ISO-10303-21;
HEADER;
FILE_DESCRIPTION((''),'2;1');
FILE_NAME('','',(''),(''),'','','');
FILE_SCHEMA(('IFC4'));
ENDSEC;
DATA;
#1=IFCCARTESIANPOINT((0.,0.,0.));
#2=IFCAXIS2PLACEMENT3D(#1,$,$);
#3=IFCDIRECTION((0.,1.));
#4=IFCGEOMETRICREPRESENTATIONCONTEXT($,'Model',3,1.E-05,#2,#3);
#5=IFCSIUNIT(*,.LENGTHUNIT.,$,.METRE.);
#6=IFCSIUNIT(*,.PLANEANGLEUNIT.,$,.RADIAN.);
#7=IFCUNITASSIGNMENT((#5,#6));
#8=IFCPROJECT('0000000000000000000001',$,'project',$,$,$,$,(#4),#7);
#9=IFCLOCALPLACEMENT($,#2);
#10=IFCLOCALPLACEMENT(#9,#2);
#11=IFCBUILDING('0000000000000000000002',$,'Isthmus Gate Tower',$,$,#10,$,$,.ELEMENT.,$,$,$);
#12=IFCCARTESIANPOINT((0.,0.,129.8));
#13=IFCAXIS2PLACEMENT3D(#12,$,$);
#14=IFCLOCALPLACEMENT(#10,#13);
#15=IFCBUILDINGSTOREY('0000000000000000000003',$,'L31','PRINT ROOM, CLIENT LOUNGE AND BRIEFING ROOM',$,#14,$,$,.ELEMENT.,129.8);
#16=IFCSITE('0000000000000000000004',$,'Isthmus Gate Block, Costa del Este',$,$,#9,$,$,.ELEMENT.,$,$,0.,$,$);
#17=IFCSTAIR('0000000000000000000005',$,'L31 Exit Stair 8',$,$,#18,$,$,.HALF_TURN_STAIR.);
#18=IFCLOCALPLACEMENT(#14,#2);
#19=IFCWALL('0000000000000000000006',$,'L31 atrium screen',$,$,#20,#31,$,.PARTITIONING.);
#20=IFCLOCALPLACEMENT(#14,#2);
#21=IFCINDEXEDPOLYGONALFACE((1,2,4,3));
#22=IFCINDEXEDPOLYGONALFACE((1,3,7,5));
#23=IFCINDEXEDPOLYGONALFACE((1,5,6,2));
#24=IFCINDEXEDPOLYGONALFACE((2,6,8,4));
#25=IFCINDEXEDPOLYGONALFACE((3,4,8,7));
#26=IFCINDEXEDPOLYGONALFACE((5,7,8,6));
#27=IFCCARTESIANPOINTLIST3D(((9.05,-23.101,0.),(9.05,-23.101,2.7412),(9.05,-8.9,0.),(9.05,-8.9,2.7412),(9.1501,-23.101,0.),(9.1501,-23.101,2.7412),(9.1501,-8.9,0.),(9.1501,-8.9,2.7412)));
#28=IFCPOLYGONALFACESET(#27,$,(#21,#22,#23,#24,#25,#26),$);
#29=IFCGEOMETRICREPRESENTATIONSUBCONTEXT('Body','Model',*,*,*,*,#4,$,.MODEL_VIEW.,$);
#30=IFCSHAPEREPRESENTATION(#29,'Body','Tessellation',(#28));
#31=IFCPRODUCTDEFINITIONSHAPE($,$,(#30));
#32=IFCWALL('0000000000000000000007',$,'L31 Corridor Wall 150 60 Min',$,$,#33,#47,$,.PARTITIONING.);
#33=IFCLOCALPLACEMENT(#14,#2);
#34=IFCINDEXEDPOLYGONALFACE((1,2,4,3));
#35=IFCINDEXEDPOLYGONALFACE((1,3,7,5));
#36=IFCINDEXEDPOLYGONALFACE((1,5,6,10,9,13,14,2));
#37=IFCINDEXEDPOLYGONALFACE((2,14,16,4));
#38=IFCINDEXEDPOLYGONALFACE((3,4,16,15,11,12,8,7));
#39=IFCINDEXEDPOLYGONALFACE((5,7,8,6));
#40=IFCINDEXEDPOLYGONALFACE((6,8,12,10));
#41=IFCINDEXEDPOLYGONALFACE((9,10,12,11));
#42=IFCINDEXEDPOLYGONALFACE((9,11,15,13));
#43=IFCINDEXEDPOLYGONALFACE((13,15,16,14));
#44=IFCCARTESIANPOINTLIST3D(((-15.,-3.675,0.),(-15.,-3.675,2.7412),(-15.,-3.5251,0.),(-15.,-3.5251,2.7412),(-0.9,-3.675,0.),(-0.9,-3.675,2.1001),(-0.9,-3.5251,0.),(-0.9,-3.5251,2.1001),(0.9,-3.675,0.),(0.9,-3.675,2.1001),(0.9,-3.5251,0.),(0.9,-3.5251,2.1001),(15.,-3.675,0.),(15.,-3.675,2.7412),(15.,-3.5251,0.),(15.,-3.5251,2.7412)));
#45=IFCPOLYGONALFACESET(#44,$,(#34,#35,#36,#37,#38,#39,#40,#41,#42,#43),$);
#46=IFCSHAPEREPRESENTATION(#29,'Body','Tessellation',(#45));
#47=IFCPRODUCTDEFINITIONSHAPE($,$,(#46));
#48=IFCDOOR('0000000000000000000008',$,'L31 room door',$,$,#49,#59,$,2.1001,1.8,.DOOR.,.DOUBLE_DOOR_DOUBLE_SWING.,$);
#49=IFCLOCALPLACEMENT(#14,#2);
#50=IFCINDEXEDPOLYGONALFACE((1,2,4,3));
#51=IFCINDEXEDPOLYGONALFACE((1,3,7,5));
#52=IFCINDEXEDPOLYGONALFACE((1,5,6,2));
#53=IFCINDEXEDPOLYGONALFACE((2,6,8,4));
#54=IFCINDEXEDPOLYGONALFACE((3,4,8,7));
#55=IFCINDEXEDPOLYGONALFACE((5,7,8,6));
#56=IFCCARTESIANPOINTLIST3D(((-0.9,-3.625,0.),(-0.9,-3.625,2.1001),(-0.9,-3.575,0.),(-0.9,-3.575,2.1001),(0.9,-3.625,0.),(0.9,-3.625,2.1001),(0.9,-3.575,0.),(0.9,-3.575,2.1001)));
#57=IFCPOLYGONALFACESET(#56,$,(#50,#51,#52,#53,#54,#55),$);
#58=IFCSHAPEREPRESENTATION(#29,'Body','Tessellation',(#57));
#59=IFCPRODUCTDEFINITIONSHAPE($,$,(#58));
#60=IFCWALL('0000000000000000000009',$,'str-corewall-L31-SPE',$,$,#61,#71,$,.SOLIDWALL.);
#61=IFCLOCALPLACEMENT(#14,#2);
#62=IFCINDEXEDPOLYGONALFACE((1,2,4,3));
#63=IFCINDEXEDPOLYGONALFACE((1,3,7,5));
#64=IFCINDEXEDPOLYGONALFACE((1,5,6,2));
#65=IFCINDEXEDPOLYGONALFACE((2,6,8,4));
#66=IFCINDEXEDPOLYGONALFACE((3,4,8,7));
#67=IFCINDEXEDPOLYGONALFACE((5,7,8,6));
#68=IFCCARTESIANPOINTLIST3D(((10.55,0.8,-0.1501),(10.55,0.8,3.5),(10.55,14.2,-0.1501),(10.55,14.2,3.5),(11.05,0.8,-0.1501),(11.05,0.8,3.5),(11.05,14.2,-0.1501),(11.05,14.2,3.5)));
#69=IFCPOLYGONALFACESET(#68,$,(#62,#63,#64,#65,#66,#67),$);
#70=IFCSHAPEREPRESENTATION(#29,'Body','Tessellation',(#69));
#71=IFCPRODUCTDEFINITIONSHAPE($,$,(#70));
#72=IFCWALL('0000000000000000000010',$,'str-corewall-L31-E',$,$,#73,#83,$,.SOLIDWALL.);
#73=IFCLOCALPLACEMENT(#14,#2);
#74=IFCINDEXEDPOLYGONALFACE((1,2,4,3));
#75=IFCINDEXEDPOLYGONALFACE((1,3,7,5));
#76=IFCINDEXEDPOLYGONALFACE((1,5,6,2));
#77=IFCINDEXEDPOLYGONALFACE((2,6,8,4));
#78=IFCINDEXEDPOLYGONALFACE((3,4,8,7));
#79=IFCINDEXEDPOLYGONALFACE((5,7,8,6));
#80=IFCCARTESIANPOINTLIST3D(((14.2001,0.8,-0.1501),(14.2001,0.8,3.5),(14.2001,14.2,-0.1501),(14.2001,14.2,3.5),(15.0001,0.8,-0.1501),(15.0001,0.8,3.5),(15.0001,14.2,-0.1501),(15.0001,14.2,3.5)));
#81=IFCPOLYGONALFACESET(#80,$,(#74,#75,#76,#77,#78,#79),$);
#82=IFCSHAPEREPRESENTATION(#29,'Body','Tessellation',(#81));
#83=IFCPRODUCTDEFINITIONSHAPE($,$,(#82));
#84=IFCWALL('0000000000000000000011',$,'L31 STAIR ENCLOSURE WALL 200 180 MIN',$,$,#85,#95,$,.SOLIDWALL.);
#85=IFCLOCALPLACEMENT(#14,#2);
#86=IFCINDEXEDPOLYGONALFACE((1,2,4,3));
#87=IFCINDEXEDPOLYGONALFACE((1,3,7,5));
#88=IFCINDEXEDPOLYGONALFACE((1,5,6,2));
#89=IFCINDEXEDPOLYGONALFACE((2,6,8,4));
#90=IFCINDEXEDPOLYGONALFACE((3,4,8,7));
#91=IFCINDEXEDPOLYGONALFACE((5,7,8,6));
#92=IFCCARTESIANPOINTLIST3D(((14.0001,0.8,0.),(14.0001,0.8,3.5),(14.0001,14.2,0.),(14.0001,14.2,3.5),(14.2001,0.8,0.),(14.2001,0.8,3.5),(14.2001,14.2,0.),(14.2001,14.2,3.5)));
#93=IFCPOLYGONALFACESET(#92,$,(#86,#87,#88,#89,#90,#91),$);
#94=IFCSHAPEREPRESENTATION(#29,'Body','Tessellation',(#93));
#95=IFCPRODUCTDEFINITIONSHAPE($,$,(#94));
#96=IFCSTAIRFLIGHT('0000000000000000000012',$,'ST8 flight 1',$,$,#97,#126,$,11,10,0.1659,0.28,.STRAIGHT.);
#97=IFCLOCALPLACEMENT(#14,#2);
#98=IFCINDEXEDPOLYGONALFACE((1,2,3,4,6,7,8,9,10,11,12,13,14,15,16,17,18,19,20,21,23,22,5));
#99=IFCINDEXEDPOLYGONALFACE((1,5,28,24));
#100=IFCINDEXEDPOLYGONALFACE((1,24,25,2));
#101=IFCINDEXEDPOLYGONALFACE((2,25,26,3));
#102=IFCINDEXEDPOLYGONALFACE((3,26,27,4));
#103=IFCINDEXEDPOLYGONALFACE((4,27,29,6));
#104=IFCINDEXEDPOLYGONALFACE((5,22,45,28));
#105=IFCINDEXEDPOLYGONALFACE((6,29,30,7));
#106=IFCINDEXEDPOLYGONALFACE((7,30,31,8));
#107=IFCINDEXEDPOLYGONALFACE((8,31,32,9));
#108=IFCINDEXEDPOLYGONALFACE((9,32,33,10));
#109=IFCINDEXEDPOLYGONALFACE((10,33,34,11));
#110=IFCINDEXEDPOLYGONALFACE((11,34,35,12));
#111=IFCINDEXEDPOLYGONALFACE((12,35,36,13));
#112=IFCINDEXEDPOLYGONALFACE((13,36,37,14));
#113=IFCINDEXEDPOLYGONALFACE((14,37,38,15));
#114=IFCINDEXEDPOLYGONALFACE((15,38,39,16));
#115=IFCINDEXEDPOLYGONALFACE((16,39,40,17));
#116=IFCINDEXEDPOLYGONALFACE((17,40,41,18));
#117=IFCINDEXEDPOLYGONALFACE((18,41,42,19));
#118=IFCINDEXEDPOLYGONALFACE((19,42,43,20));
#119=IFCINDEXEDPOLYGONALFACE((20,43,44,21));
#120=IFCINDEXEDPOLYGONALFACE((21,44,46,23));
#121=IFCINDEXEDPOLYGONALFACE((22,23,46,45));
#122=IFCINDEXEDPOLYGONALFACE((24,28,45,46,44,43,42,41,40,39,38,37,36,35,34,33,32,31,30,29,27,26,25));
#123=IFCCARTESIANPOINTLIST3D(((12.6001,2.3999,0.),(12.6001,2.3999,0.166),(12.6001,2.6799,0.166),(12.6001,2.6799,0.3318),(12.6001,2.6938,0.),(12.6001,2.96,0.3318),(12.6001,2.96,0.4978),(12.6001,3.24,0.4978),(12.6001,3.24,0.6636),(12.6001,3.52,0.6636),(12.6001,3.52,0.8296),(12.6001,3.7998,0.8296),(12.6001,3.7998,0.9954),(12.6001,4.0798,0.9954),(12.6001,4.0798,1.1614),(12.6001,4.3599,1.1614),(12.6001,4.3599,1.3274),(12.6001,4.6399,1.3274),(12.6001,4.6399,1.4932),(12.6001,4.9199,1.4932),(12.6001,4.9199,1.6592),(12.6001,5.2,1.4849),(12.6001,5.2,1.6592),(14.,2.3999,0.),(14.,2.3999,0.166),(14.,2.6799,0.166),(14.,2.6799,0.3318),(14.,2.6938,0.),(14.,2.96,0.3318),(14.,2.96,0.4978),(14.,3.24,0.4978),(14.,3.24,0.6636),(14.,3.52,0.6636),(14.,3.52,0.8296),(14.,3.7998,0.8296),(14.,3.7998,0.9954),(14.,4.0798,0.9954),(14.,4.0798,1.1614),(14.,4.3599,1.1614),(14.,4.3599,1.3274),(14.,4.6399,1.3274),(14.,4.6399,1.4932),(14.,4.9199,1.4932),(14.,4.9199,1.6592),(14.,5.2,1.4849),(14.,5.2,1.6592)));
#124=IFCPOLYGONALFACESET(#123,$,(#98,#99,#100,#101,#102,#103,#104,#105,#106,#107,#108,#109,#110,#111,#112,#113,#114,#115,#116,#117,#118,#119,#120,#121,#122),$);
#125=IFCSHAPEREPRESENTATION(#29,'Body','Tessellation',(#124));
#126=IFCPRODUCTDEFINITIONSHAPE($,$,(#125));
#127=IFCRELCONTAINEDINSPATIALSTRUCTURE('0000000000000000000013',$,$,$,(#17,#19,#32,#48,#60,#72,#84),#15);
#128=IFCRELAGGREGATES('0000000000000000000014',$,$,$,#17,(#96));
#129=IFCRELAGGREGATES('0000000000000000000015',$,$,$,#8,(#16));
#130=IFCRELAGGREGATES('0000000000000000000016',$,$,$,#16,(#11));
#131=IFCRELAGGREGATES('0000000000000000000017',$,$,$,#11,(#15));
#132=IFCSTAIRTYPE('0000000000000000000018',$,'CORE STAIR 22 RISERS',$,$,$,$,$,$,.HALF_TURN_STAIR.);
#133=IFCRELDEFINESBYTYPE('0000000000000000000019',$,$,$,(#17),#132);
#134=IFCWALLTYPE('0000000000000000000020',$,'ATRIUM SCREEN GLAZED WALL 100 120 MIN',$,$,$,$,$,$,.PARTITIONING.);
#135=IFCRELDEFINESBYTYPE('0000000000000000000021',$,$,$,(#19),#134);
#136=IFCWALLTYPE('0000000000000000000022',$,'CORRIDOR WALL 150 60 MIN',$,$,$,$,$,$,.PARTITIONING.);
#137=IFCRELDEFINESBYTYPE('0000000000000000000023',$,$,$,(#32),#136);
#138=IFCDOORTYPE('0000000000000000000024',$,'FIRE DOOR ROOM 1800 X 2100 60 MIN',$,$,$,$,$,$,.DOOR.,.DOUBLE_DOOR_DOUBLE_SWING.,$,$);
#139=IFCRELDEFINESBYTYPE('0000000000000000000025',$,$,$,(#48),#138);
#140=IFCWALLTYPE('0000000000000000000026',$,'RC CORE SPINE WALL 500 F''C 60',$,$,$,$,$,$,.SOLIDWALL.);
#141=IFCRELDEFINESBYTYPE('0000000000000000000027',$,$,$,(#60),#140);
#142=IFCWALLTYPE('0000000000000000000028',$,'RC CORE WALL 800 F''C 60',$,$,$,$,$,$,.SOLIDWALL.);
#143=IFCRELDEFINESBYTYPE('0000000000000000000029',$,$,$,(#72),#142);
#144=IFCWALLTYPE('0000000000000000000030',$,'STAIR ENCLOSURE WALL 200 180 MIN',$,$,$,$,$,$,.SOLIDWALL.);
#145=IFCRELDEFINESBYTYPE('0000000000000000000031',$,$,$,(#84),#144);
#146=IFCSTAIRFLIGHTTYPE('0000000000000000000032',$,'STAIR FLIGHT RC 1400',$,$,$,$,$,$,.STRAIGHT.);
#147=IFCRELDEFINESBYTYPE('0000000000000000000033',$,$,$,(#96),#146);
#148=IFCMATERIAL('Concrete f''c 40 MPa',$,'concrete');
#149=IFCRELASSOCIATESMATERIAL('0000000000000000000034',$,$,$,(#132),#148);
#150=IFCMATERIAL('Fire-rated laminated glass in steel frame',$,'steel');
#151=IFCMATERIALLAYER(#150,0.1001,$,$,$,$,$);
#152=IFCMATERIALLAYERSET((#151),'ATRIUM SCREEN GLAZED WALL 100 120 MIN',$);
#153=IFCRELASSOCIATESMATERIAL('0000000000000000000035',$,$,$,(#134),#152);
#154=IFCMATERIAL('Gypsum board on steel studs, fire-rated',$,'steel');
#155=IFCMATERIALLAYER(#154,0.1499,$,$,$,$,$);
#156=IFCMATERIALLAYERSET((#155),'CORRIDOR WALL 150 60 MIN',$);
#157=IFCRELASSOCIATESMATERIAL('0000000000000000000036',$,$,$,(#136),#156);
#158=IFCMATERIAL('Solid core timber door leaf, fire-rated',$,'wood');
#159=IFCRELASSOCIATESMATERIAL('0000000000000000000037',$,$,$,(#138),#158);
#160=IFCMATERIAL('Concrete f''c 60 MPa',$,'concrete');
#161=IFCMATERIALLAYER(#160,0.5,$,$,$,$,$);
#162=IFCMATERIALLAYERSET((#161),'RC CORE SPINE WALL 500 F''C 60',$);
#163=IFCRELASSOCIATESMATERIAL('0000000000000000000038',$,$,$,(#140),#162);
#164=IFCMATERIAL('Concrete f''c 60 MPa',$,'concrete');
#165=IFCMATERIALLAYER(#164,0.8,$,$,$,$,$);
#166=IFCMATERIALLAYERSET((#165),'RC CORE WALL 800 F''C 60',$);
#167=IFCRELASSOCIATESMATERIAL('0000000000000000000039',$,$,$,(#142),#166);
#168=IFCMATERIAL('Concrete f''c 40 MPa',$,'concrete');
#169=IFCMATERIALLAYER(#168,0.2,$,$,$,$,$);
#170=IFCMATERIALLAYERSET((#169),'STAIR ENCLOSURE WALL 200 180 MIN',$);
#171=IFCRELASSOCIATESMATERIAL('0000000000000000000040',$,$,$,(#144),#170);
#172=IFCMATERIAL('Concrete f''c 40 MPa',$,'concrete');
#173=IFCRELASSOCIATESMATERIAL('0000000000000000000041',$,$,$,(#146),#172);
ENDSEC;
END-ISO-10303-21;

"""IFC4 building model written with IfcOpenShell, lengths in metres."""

from ifc_helpers import new_model, si_unit, direction, frame, frame_2d, origin, place, context, subcontext, project, spatial, polyline, rectangle, outline, extrude, material, layer, layer_set, type_object, element, fill, aggregate, save


model = new_model("IFC4")

# Units and contexts
model_context = context("Model", 3, precision=1e-05, world=origin(), true_north=direction((0.0, 1.0)))
body_context = subcontext(model_context, "Body", "Model", "MODEL_VIEW")
ifc_project = project(units=[si_unit("LENGTHUNIT", "METRE"), si_unit("PLANEANGLEUNIT", "RADIAN")], contexts=[model_context])

# Site, building, storey
site_placement = place(None, origin())
site = spatial("IfcSite", under=ifc_project, at=site_placement, Name="Isthmus Gate Block, Costa del Este", CompositionType="ELEMENT", RefElevation=0.0)
building_placement = place(site_placement, origin())
building = spatial("IfcBuilding", under=site, at=building_placement, Name="Isthmus Gate Tower", CompositionType="ELEMENT")
storey_placement = place(building_placement, frame((0.0, 0.0, 129.8)))
storey = spatial("IfcBuildingStorey", under=building, at=storey_placement, Name="L31", Description="PRINT ROOM, CLIENT LOUNGE AND BRIEFING ROOM", CompositionType="ELEMENT", Elevation=129.8)

# Stair
ifc_material_1 = material(Name="Concrete f'c 40 MPa", Category="concrete")
stair_type = type_object("IfcStairType", Name="CORE STAIR 22 RISERS", PredefinedType="HALF_TURN_STAIR", material=ifc_material_1)
stair_1_placement = place(storey_placement, origin())
stair_1 = element("IfcStair", 1, at=stair_1_placement, inside=storey, type_object=stair_type, Name="L31 Exit Stair 8", PredefinedType="HALF_TURN_STAIR")

# Wall
ifc_material_2 = material(Name="Fire-rated laminated glass in steel frame", Category="steel")
ifc_layer_1 = layer(ifc_material_2, 0.1001)
ifc_layer_set_1 = layer_set([ifc_layer_1], Name="ATRIUM SCREEN GLAZED WALL 100 120 MIN")
wall_type_1 = type_object("IfcWallType", Name="ATRIUM SCREEN GLAZED WALL 100 120 MIN", PredefinedType="PARTITIONING", material=ifc_layer_set_1)
wall_1_placement = place(storey_placement, frame((9.1001, -8.8999, 0.0), z_axis=(0.0, 0.0, 1.0), x_axis=(0.0, -1.0, 0.0)))
element("IfcWall", 2, at=wall_1_placement, inside=storey, type_object=wall_type_1, Name="L31 atrium screen", PredefinedType="PARTITIONING", context=body_context, shape_type="SweptSolid", body=[
    extrude(rectangle(XDim=14.2009, YDim=0.1001, at=frame_2d((7.1006, 0.0))), origin(), (0.0, 0.0, 1.0), 2.7412),
])

# Wall, opening, door
ifc_material_3 = material(Name="Gypsum board on steel studs, fire-rated", Category="steel")
ifc_layer_2 = layer(ifc_material_3, 0.1499)
ifc_layer_set_2 = layer_set([ifc_layer_2], Name="CORRIDOR WALL 150 60 MIN")
wall_type_2 = type_object("IfcWallType", Name="CORRIDOR WALL 150 60 MIN", PredefinedType="PARTITIONING", material=ifc_layer_set_2)
wall_2_placement = place(storey_placement, frame((15.0, -3.6001, 0.0), z_axis=(0.0, 0.0, 1.0), x_axis=(-1.0, 0.0, 0.0)))
wall_2 = element("IfcWall", 3, at=wall_2_placement, inside=storey, type_object=wall_type_2, Name="L31 Corridor Wall 150 60 Min", PredefinedType="PARTITIONING", context=body_context, shape_type="SweptSolid", body=[
    extrude(rectangle(XDim=30.0, YDim=0.1499, at=frame_2d((15.0, 0.0))), origin(), (0.0, 0.0, 1.0), 2.7412),
])
opening_placement = place(wall_2_placement, frame((14.1001, 0.0, 0.0)))
opening = element("IfcOpeningElement", 4, at=opening_placement, cuts=wall_2, PredefinedType="OPENING", context=body_context, shape_type="SweptSolid", body=[
    extrude(rectangle(XDim=1.8, YDim=2.1001, at=frame_2d((0.8999, 1.05))), frame((0.0, 0.085, 0.0), z_axis=(0.0, -1.0, 0.0), x_axis=(1.0, 0.0, 0.0)), (0.0, 0.0, 1.0), 0.1699),
])
ifc_material_4 = material(Name="Solid core timber door leaf, fire-rated", Category="wood")
door_type = type_object("IfcDoorType", Name="FIRE DOOR ROOM 1800 X 2100 60 MIN", OperationType="DOUBLE_DOOR_DOUBLE_SWING", PredefinedType="DOOR", material=ifc_material_4)
door_placement = place(opening_placement, origin())
door = element("IfcDoor", 5, at=door_placement, inside=storey, type_object=door_type, Name="L31 room door", OperationType="DOUBLE_DOOR_DOUBLE_SWING", OverallHeight=2.1001, OverallWidth=1.8, PredefinedType="DOOR", context=body_context, shape_type="SweptSolid", body=[
    extrude(rectangle(XDim=1.8, YDim=2.1001, at=frame_2d((0.8999, 1.05))), frame((0.0, 0.0249, 0.0), z_axis=(0.0, -1.0, 0.0), x_axis=(1.0, 0.0, 0.0)), (0.0, 0.0, 1.0), 0.05),
])
fill(opening, door)

# Walls
ifc_material_5 = material(Name="Concrete f'c 60 MPa", Category="concrete")
ifc_layer_3 = layer(ifc_material_5, 0.5)
ifc_layer_set_3 = layer_set([ifc_layer_3], Name="RC CORE SPINE WALL 500 F'C 60")
wall_type_3 = type_object("IfcWallType", Name="RC CORE SPINE WALL 500 F'C 60", PredefinedType="SOLIDWALL", material=ifc_layer_set_3)
wall_3_placement = place(storey_placement, frame((10.8, 0.8, -0.1501), z_axis=(0.0, 0.0, 1.0), x_axis=(0.0, 1.0, 0.0)))
element("IfcWall", 6, at=wall_3_placement, inside=storey, type_object=wall_type_3, Name="str-corewall-L31-SPE", PredefinedType="SOLIDWALL", context=body_context, shape_type="SweptSolid", body=[
    extrude(rectangle(XDim=13.3999, YDim=0.5, at=frame_2d((6.7, 0.0))), origin(), (0.0, 0.0, 1.0), 3.6501),
])
ifc_material_6 = material(Name="Concrete f'c 60 MPa", Category="concrete")
ifc_layer_4 = layer(ifc_material_6, 0.8)
ifc_layer_set_4 = layer_set([ifc_layer_4], Name="RC CORE WALL 800 F'C 60")
wall_type_4 = type_object("IfcWallType", Name="RC CORE WALL 800 F'C 60", PredefinedType="SOLIDWALL", material=ifc_layer_set_4)
wall_4_placement = place(storey_placement, frame((14.6001, 0.8, -0.1501), z_axis=(0.0, 0.0, 1.0), x_axis=(0.0, 1.0, 0.0)))
element("IfcWall", 7, at=wall_4_placement, inside=storey, type_object=wall_type_4, Name="str-corewall-L31-E", PredefinedType="SOLIDWALL", context=body_context, shape_type="SweptSolid", body=[
    extrude(rectangle(XDim=13.3999, YDim=0.8, at=frame_2d((6.7, 0.0))), origin(), (0.0, 0.0, 1.0), 3.6501),
])
ifc_material_7 = material(Name="Concrete f'c 40 MPa", Category="concrete")
ifc_layer_5 = layer(ifc_material_7, 0.2)
ifc_layer_set_5 = layer_set([ifc_layer_5], Name="STAIR ENCLOSURE WALL 200 180 MIN")
wall_type_5 = type_object("IfcWallType", Name="STAIR ENCLOSURE WALL 200 180 MIN", PredefinedType="SOLIDWALL", material=ifc_layer_set_5)
wall_5_placement = place(storey_placement, frame((14.1001, 0.8, 0.0), z_axis=(0.0, 0.0, 1.0), x_axis=(0.0, 1.0, 0.0)))
element("IfcWall", 8, at=wall_5_placement, inside=storey, type_object=wall_type_5, Name="L31 STAIR ENCLOSURE WALL 200 180 MIN", PredefinedType="SOLIDWALL", context=body_context, shape_type="SweptSolid", body=[
    extrude(rectangle(XDim=13.3999, YDim=0.2, at=frame_2d((6.7, 0.0))), origin(), (0.0, 0.0, 1.0), 3.5),
])

# Stair flight
ifc_material_8 = material(Name="Concrete f'c 40 MPa", Category="concrete")
stair_flight_type = type_object("IfcStairFlightType", Name="STAIR FLIGHT RC 1400", PredefinedType="STRAIGHT", material=ifc_material_8)
stair_flight_placement = place(storey_placement, frame((13.3, 2.3999, 0.0), z_axis=(0.0, 0.0, 1.0), x_axis=(0.0, 1.0, 0.0)))
stair_flight = element("IfcStairFlight", 9, at=stair_flight_placement, type_object=stair_flight_type, Name="ST8 flight 1", NumberOfRisers=11, NumberOfTreads=10, PredefinedType="STRAIGHT", RiserHeight=0.1659, TreadLength=0.28, context=body_context, shape_type="SweptSolid", body=[
    extrude(outline(polyline([(0.0, 0.0), (0.0, 0.166), (0.28, 0.166), (0.28, 0.3318), (0.5601, 0.3318), (0.5601, 0.4978), (0.8401, 0.4978), (0.8401, 0.6636), (1.1201, 0.6636), (1.1201, 0.8296), (1.3999, 0.8296), (1.3999, 0.9954), (1.6799, 0.9954), (1.6799, 1.1614), (1.96, 1.1614), (1.96, 1.3274), (2.24, 1.3274), (2.24, 1.4932), (2.52, 1.4932), (2.52, 1.6592), (2.8, 1.6592), (2.8, 1.825), (2.8, 1.4849), (0.2939, 0.0), (0.0, 0.0)])), frame((0.0, 0.7, 0.0), z_axis=(0.0, -1.0, 0.0), x_axis=(1.0, 0.0, 0.0)), (0.0, 0.0, 1.0), 1.3999),
])
aggregate(stair_1, [stair_flight])

save(model, "model.ifc")
